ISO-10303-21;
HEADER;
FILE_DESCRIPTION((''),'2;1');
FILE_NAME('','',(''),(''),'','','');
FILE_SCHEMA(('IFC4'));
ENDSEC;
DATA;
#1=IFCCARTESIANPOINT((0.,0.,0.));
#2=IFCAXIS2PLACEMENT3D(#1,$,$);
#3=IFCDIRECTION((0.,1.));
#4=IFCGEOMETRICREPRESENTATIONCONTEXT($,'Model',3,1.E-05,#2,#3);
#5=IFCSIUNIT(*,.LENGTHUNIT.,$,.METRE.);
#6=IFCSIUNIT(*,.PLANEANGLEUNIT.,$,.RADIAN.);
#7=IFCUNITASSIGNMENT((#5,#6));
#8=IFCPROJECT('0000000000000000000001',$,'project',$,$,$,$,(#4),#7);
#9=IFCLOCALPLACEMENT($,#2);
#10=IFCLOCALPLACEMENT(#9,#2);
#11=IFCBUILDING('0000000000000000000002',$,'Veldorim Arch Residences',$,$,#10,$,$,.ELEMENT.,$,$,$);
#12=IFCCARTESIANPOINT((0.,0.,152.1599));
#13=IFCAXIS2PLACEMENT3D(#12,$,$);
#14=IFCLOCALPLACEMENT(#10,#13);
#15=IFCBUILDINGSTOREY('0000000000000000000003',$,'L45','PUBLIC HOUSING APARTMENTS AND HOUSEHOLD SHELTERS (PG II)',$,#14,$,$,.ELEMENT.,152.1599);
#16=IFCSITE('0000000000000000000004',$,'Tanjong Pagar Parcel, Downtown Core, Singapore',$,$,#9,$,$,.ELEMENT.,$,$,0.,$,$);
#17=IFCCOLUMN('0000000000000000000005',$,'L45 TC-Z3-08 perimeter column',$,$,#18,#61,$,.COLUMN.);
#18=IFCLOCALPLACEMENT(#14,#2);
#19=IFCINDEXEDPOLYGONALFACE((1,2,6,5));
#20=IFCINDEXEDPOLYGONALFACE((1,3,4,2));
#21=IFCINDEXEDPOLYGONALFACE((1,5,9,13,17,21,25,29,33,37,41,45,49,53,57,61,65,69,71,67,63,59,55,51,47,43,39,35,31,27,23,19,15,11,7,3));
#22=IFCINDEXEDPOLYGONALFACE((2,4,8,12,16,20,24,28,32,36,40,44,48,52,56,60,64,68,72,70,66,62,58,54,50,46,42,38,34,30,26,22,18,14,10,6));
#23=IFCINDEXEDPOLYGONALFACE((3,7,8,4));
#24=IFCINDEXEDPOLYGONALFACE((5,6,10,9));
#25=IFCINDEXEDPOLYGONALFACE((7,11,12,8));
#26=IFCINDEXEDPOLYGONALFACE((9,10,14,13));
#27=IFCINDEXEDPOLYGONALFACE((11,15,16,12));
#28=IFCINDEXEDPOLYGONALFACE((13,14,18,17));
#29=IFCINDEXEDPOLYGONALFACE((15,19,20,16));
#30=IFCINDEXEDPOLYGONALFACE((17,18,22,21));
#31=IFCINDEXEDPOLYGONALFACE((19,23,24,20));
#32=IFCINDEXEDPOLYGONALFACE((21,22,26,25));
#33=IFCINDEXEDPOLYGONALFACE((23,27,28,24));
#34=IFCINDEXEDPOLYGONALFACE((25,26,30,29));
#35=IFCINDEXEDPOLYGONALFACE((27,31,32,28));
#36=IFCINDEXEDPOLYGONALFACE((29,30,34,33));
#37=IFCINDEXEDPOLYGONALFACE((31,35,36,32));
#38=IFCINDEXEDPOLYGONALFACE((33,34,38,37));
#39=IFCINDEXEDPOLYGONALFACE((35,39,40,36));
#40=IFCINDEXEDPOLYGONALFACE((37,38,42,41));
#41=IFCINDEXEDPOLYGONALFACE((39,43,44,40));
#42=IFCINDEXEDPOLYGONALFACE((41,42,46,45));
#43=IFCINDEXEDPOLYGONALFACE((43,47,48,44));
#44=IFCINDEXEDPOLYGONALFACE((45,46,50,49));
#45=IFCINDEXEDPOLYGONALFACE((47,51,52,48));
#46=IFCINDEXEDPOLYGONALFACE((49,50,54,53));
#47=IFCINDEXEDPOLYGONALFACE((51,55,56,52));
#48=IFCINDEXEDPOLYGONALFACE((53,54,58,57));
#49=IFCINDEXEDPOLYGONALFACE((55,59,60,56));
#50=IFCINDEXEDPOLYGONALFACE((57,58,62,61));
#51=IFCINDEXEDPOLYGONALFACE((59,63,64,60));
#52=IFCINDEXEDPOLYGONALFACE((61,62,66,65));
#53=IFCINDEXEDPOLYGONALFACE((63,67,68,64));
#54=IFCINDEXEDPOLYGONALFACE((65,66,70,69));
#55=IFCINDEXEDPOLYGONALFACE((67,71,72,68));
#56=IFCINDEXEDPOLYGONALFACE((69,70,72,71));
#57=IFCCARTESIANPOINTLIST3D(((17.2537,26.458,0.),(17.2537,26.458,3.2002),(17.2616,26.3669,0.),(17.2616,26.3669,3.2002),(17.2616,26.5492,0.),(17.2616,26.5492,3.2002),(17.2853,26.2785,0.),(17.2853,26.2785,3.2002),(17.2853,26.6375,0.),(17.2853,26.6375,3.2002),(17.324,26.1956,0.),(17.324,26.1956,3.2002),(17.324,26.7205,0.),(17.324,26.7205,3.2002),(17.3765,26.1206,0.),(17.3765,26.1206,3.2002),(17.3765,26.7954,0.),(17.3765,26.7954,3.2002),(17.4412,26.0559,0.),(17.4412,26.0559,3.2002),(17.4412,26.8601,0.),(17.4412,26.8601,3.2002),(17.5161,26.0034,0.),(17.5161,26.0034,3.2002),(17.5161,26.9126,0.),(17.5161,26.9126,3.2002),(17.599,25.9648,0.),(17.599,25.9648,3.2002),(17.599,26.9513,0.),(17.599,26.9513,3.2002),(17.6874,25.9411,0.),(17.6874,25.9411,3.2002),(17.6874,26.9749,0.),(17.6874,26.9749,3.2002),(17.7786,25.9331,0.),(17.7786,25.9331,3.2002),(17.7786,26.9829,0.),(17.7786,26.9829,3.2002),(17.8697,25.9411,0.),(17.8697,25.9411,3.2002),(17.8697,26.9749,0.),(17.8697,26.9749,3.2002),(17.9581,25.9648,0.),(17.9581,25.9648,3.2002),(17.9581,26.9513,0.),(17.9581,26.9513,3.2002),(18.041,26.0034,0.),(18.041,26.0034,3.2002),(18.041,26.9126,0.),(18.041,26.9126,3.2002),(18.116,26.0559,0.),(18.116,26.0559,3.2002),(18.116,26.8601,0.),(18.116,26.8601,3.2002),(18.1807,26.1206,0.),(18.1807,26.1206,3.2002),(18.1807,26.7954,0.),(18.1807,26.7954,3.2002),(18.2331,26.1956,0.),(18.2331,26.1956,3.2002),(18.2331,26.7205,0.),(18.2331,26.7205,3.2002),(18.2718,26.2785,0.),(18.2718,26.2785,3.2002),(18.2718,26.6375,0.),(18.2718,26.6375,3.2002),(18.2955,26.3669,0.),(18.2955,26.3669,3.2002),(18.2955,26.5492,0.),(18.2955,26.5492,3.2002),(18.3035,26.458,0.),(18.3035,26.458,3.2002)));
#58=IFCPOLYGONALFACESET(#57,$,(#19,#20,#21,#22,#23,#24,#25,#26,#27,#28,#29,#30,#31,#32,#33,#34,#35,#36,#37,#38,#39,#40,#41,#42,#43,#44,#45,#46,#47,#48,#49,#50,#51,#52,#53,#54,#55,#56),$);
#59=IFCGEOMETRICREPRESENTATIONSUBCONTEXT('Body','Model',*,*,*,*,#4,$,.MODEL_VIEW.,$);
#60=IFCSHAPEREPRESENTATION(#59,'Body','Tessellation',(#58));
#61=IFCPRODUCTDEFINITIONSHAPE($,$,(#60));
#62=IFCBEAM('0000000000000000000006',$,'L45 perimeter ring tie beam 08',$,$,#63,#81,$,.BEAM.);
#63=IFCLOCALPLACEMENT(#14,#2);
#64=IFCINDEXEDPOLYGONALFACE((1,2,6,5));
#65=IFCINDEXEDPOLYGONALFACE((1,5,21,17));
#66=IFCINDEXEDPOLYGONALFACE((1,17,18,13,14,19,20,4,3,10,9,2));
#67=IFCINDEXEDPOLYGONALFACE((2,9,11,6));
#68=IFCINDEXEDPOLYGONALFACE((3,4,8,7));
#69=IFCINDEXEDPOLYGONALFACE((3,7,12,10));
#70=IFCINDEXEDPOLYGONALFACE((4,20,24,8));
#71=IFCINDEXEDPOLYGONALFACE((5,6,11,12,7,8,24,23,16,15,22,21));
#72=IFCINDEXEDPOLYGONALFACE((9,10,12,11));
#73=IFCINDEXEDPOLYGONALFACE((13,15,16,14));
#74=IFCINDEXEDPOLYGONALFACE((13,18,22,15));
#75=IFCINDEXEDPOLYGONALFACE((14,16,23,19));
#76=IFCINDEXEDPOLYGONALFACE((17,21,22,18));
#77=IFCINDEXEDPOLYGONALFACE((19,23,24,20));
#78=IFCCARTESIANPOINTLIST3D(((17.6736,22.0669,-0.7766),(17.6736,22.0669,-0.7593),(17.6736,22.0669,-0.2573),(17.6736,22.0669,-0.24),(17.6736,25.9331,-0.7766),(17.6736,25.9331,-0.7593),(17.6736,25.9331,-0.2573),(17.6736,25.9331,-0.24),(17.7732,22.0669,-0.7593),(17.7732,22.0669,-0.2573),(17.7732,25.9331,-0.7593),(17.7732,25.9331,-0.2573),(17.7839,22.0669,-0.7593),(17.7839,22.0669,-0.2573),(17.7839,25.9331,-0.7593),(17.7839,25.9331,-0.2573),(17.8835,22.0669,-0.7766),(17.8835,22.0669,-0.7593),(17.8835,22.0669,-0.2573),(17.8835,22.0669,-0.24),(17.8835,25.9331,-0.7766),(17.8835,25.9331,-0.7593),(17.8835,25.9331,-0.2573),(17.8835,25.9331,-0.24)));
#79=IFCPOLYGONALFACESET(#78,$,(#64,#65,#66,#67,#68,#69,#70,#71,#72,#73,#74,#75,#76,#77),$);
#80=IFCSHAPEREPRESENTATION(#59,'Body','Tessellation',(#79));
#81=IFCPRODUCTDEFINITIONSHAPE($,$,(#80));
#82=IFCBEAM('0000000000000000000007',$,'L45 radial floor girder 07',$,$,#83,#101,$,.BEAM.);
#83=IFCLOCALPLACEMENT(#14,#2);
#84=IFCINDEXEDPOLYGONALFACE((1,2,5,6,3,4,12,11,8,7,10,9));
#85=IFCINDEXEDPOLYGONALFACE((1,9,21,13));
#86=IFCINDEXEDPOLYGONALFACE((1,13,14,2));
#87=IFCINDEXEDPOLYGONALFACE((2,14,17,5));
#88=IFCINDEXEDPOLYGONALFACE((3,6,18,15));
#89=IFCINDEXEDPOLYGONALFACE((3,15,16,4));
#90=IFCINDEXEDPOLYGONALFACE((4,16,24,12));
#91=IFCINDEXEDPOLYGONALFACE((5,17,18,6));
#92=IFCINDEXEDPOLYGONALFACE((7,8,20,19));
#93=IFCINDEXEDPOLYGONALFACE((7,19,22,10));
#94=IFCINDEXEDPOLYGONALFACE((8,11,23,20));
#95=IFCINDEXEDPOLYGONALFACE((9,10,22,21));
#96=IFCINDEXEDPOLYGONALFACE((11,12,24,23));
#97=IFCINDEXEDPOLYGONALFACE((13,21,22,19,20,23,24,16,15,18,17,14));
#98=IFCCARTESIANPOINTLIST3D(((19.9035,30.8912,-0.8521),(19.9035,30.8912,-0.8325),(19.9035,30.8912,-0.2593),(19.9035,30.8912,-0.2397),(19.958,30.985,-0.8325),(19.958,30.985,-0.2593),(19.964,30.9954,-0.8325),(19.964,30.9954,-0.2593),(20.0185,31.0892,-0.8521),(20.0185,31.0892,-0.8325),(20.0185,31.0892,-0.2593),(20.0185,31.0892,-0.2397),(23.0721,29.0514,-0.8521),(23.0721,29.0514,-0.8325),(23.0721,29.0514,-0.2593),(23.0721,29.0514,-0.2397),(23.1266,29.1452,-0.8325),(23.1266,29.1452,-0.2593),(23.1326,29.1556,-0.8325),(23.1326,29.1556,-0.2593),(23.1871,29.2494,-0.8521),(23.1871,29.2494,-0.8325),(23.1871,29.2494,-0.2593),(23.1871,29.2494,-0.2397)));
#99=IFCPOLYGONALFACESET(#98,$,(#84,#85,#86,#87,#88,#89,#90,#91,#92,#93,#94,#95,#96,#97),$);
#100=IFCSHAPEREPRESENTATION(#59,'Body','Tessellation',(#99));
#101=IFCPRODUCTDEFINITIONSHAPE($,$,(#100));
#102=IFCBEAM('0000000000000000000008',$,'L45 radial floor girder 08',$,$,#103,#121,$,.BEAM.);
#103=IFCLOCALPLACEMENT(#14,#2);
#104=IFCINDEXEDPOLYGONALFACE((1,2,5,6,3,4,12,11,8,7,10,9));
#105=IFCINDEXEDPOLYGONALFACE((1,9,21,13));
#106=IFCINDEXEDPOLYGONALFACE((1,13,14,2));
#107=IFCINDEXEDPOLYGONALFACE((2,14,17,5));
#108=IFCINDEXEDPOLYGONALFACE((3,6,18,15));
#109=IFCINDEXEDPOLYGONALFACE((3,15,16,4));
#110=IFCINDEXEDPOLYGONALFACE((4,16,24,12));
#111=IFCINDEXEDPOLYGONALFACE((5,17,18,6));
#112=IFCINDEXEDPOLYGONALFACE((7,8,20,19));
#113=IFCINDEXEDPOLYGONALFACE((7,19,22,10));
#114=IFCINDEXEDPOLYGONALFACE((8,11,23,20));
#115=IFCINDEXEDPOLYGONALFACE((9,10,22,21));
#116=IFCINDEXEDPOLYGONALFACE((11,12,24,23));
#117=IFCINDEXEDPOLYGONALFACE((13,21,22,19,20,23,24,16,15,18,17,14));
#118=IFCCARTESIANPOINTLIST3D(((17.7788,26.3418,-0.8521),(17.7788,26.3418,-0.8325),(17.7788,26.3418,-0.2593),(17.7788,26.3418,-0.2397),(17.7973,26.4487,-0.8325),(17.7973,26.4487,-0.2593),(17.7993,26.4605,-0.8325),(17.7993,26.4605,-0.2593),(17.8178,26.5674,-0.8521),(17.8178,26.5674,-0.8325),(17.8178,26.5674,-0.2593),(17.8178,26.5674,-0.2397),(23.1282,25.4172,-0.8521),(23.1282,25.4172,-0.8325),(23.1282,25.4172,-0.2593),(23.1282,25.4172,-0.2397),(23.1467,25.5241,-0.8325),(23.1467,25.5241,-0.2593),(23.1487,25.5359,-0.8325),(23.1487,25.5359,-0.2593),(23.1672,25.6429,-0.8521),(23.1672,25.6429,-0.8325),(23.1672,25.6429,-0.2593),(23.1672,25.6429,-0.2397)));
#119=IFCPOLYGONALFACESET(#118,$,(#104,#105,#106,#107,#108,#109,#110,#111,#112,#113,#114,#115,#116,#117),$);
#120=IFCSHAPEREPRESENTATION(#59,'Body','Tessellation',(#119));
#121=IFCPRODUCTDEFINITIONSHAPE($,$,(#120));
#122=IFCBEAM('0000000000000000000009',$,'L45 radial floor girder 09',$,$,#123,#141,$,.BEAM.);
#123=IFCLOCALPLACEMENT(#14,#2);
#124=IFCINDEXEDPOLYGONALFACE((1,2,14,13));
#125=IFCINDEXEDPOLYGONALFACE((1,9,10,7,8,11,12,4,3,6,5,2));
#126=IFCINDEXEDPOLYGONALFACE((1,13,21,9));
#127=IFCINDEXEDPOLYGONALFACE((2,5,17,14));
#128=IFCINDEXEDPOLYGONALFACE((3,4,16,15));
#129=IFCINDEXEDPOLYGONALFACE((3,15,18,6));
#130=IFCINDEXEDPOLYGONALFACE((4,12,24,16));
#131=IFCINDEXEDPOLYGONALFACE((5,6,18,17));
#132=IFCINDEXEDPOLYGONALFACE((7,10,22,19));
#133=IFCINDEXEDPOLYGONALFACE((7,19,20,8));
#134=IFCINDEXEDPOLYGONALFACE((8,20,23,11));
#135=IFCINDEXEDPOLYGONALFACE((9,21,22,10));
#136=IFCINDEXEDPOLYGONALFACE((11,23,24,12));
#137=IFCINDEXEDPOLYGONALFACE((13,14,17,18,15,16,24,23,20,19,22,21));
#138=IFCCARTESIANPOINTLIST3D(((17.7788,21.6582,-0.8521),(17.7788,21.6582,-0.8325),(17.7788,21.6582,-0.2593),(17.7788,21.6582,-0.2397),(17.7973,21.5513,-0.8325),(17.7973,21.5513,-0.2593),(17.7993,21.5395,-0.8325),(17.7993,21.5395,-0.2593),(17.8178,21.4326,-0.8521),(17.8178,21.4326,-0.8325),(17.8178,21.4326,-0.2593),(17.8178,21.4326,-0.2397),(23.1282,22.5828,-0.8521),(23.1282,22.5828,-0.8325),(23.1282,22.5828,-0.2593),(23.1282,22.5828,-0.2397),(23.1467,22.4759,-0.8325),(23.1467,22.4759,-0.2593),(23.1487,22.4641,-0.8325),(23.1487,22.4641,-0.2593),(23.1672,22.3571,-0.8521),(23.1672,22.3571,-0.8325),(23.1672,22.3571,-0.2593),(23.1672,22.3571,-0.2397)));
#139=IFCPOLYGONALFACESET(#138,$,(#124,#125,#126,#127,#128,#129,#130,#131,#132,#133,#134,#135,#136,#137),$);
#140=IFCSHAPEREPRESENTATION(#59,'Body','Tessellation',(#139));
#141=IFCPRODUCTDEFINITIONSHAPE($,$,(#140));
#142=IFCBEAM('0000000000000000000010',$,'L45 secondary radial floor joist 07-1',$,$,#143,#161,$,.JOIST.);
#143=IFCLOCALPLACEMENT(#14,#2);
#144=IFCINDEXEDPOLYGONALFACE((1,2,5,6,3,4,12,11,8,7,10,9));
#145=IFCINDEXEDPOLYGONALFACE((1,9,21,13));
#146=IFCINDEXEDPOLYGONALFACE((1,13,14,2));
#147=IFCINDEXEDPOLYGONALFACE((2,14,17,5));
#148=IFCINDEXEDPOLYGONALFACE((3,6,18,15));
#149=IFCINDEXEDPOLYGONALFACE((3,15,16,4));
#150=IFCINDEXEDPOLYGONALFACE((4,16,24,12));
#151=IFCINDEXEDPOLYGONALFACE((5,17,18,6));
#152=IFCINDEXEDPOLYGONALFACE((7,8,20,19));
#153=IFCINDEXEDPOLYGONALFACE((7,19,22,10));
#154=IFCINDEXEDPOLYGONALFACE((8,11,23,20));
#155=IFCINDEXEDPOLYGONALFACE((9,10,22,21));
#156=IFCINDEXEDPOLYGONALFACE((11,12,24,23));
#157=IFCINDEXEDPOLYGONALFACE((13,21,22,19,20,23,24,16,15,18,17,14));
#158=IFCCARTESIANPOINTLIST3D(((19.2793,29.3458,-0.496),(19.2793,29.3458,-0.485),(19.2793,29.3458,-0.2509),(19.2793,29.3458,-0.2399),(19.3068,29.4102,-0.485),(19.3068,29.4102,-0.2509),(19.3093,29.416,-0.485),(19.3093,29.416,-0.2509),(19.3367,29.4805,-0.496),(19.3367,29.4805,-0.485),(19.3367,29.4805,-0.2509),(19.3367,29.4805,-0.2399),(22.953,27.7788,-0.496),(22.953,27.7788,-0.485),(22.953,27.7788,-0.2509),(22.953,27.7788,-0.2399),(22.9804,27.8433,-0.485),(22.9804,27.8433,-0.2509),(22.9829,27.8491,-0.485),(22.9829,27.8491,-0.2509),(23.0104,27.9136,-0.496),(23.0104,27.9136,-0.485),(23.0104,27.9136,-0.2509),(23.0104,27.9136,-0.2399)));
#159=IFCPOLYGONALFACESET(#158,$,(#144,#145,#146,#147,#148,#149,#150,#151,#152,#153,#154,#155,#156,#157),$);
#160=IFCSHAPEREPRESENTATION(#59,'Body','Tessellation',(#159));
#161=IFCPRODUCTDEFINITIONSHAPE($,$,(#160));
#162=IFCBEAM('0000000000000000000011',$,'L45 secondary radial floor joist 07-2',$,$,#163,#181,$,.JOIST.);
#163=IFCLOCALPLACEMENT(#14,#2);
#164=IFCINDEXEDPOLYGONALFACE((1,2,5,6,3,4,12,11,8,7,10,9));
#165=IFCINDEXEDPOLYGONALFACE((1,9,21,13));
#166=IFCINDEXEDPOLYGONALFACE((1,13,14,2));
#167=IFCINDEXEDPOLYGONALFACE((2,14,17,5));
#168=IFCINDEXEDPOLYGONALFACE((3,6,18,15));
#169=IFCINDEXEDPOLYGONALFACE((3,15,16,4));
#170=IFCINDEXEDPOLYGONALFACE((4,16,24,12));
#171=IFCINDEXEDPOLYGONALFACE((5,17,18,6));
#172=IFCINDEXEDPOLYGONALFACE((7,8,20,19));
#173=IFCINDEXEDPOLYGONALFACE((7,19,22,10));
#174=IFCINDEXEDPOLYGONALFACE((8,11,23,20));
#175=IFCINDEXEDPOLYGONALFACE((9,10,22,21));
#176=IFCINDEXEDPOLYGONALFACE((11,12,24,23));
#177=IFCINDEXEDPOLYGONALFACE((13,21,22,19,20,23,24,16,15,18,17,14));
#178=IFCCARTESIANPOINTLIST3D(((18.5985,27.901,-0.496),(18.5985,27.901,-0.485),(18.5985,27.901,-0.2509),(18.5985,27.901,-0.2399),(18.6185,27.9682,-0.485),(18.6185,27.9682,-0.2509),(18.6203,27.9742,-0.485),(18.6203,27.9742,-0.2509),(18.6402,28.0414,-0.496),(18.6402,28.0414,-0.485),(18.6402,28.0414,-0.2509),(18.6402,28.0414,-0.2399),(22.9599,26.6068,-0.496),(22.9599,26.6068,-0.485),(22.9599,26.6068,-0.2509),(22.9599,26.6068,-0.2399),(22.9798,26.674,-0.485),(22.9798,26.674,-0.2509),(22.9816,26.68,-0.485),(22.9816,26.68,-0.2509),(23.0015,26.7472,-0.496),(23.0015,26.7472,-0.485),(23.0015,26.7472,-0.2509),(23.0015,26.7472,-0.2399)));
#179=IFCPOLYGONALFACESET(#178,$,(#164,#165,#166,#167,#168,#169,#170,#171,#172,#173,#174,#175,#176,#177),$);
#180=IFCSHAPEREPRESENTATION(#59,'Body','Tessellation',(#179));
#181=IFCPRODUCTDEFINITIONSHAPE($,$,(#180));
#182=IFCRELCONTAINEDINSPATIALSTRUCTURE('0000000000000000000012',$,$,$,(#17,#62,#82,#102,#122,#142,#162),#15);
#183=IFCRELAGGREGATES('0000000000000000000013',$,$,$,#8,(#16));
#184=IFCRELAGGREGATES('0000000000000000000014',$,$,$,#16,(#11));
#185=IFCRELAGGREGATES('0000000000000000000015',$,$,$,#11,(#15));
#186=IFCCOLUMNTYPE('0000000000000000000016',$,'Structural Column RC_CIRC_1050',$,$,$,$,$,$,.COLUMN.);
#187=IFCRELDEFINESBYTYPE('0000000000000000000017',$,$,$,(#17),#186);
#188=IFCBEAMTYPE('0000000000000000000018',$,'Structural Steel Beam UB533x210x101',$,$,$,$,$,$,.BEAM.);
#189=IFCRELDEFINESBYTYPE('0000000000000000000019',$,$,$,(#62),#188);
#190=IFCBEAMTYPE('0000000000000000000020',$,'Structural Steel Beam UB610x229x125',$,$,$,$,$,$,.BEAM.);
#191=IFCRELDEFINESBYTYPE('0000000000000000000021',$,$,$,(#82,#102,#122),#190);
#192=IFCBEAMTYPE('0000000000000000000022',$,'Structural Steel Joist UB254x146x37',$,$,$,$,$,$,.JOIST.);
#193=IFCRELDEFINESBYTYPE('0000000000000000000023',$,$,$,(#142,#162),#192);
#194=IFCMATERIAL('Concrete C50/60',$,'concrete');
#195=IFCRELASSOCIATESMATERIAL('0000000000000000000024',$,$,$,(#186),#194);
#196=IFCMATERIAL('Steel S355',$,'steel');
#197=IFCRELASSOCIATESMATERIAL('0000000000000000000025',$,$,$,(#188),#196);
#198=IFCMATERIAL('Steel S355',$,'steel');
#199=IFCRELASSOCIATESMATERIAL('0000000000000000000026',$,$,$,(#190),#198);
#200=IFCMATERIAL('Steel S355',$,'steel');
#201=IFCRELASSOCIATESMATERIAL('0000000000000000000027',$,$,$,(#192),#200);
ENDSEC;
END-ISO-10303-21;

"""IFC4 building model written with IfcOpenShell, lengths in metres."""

from ifc_helpers import new_model, si_unit, direction, frame, origin, origin_2d, place, context, subcontext, project, spatial, circle, i_section, extrude, material, material_profile, profile_set, type_object, element, save


model = new_model("IFC4")

# Units and contexts
model_context = context("Model", 3, precision=1e-05, world=origin(), true_north=direction((0.0, 1.0)))
body_context = subcontext(model_context, "Body", "Model", "MODEL_VIEW")
ifc_project = project(units=[si_unit("LENGTHUNIT", "METRE"), si_unit("PLANEANGLEUNIT", "RADIAN")], contexts=[model_context])

# Site, building, storey
site_placement = place(None, origin())
site = spatial("IfcSite", under=ifc_project, at=site_placement, Name="Tanjong Pagar Parcel, Downtown Core, Singapore", CompositionType="ELEMENT", RefElevation=0.0)
building_placement = place(site_placement, origin())
building = spatial("IfcBuilding", under=site, at=building_placement, Name="Veldorim Arch Residences", CompositionType="ELEMENT")
storey_placement = place(building_placement, frame((0.0, 0.0, 152.1599)))
storey = spatial("IfcBuildingStorey", under=building, at=storey_placement, Name="L45", Description="PUBLIC HOUSING APARTMENTS AND HOUSEHOLD SHELTERS (PG II)", CompositionType="ELEMENT", Elevation=152.1599)

# Column
ifc_material_1 = material(Name="Concrete C50/60", Category="concrete")
ifc_material_profile_1 = material_profile(ifc_material_1, circle(Radius=0.5249, at=origin_2d()), Name="RC_CIRC_1050")
ifc_profile_set_1 = profile_set([ifc_material_profile_1], Name="Concrete C50/60")
column_type = type_object("IfcColumnType", Name="Structural Column RC_CIRC_1050", PredefinedType="COLUMN", material=ifc_profile_set_1)
column_placement = place(storey_placement, frame((17.7786, 26.458, 0.0), z_axis=(0.0, 0.0, 1.0), x_axis=(1.0, 0.0, 0.0)))
element("IfcColumn", 1, at=column_placement, inside=storey, type_object=column_type, Name="L45 TC-Z3-08 perimeter column", PredefinedType="COLUMN", context=body_context, shape_type="SweptSolid", body=[
    extrude(circle(Radius=0.5249, at=origin_2d()), origin(), (0.0, 0.0, 1.0), 3.2002),
])

# Beams
ifc_material_2 = material(Name="Steel S355", Category="steel")
ifc_material_profile_2 = material_profile(ifc_material_2, i_section(OverallWidth=0.21, OverallDepth=0.5366, WebThickness=0.0107, FlangeThickness=0.0173, at=origin_2d()), Name="UB533x210x101")
ifc_profile_set_2 = profile_set([ifc_material_profile_2], Name="Steel S355")
beam_type_1 = type_object("IfcBeamType", Name="Structural Steel Beam UB533x210x101", PredefinedType="BEAM", material=ifc_profile_set_2)
beam_1_placement = place(storey_placement, frame((17.7786, 25.9331, -0.5083), z_axis=(0.0, -1.0, 0.0), x_axis=(1.0, 0.0, 0.0)))
element("IfcBeam", 2, at=beam_1_placement, inside=storey, type_object=beam_type_1, Name="L45 perimeter ring tie beam 08", PredefinedType="BEAM", context=body_context, shape_type="SweptSolid", body=[
    extrude(i_section(OverallWidth=0.21, OverallDepth=0.5366, WebThickness=0.0107, FlangeThickness=0.0173, at=origin_2d()), origin(), (0.0, 0.0, 1.0), 3.8662),
])
ifc_material_3 = material(Name="Steel S355", Category="steel")
ifc_material_profile_3 = material_profile(ifc_material_3, i_section(OverallWidth=0.229, OverallDepth=0.6123, WebThickness=0.012, FlangeThickness=0.0195, at=origin_2d()), Name="UB610x229x125")
ifc_profile_set_3 = profile_set([ifc_material_profile_3], Name="Steel S355")
beam_type_2 = type_object("IfcBeamType", Name="Structural Steel Beam UB610x229x125", PredefinedType="BEAM", material=ifc_profile_set_3)
beam_2_placement = place(storey_placement, frame((23.1296, 29.1504, -0.5459), z_axis=(-0.864795, 0.502126, 0.0), x_axis=(-0.502126, -0.864795, 0.0)))
element("IfcBeam", 3, at=beam_2_placement, inside=storey, type_object=beam_type_2, Name="L45 radial floor girder 07", PredefinedType="BEAM", context=body_context, shape_type="SweptSolid", body=[
    extrude(i_section(OverallWidth=0.229, OverallDepth=0.6123, WebThickness=0.012, FlangeThickness=0.0195, at=origin_2d()), origin(), (0.0, 0.0, 1.0), 3.6641),
])
for number, where, z_axis, x_axis, name in (
    (4, (23.1477, 25.53, -0.5459), (-0.98539, 0.170311, 0.0), (-0.170311, -0.98539, 0.0), "L45 radial floor girder 08"),
    (5, (23.1477, 22.47, -0.5459), (-0.98539, -0.170311, 0.0), (0.170311, -0.98539, 0.0), "L45 radial floor girder 09"),
):
    element("IfcBeam", number, at=place(storey_placement, frame(where, z_axis=z_axis, x_axis=x_axis)), inside=storey, type_object=beam_type_2, Name=name, PredefinedType="BEAM", context=body_context, shape_type="SweptSolid", body=[
        extrude(i_section(OverallWidth=0.229, OverallDepth=0.6123, WebThickness=0.012, FlangeThickness=0.0195, at=origin_2d()), origin(), (0.0, 0.0, 1.0), 5.4287),
    ])
ifc_material_4 = material(Name="Steel S355", Category="steel")
ifc_material_profile_4 = material_profile(ifc_material_4, i_section(OverallWidth=0.1465, OverallDepth=0.2561, WebThickness=0.0063, FlangeThickness=0.011, at=origin_2d()), Name="UB254x146x37")
ifc_profile_set_4 = profile_set([ifc_material_profile_4], Name="Steel S355")
beam_type_3 = type_object("IfcBeamType", Name="Structural Steel Joist UB254x146x37", PredefinedType="JOIST", material=ifc_profile_set_4)
beam_3_placement = place(storey_placement, frame((22.9817, 27.8462, -0.3679), z_axis=(-0.919823, 0.392332, 0.0), x_axis=(-0.392332, -0.919823, 0.0)))
element("IfcBeam", 6, at=beam_3_placement, inside=storey, type_object=beam_type_3, Name="L45 secondary radial floor joist 07-1", PredefinedType="JOIST", context=body_context, shape_type="SweptSolid", body=[
    extrude(i_section(OverallWidth=0.1465, OverallDepth=0.2561, WebThickness=0.0063, FlangeThickness=0.011, at=origin_2d()), origin(), (0.0, 0.0, 1.0), 3.9939),
])
beam_4_placement = place(storey_placement, frame((22.9807, 26.677, -0.3679), z_axis=(-0.958682, 0.284481, 0.0), x_axis=(-0.284481, -0.958682, 0.0)))
element("IfcBeam", 7, at=beam_4_placement, inside=storey, type_object=beam_type_3, Name="L45 secondary radial floor joist 07-2", PredefinedType="JOIST", context=body_context, shape_type="SweptSolid", body=[
    extrude(i_section(OverallWidth=0.1465, OverallDepth=0.2561, WebThickness=0.0063, FlangeThickness=0.011, at=origin_2d()), origin(), (0.0, 0.0, 1.0), 4.5493),
])

save(model, "model.ifc")
